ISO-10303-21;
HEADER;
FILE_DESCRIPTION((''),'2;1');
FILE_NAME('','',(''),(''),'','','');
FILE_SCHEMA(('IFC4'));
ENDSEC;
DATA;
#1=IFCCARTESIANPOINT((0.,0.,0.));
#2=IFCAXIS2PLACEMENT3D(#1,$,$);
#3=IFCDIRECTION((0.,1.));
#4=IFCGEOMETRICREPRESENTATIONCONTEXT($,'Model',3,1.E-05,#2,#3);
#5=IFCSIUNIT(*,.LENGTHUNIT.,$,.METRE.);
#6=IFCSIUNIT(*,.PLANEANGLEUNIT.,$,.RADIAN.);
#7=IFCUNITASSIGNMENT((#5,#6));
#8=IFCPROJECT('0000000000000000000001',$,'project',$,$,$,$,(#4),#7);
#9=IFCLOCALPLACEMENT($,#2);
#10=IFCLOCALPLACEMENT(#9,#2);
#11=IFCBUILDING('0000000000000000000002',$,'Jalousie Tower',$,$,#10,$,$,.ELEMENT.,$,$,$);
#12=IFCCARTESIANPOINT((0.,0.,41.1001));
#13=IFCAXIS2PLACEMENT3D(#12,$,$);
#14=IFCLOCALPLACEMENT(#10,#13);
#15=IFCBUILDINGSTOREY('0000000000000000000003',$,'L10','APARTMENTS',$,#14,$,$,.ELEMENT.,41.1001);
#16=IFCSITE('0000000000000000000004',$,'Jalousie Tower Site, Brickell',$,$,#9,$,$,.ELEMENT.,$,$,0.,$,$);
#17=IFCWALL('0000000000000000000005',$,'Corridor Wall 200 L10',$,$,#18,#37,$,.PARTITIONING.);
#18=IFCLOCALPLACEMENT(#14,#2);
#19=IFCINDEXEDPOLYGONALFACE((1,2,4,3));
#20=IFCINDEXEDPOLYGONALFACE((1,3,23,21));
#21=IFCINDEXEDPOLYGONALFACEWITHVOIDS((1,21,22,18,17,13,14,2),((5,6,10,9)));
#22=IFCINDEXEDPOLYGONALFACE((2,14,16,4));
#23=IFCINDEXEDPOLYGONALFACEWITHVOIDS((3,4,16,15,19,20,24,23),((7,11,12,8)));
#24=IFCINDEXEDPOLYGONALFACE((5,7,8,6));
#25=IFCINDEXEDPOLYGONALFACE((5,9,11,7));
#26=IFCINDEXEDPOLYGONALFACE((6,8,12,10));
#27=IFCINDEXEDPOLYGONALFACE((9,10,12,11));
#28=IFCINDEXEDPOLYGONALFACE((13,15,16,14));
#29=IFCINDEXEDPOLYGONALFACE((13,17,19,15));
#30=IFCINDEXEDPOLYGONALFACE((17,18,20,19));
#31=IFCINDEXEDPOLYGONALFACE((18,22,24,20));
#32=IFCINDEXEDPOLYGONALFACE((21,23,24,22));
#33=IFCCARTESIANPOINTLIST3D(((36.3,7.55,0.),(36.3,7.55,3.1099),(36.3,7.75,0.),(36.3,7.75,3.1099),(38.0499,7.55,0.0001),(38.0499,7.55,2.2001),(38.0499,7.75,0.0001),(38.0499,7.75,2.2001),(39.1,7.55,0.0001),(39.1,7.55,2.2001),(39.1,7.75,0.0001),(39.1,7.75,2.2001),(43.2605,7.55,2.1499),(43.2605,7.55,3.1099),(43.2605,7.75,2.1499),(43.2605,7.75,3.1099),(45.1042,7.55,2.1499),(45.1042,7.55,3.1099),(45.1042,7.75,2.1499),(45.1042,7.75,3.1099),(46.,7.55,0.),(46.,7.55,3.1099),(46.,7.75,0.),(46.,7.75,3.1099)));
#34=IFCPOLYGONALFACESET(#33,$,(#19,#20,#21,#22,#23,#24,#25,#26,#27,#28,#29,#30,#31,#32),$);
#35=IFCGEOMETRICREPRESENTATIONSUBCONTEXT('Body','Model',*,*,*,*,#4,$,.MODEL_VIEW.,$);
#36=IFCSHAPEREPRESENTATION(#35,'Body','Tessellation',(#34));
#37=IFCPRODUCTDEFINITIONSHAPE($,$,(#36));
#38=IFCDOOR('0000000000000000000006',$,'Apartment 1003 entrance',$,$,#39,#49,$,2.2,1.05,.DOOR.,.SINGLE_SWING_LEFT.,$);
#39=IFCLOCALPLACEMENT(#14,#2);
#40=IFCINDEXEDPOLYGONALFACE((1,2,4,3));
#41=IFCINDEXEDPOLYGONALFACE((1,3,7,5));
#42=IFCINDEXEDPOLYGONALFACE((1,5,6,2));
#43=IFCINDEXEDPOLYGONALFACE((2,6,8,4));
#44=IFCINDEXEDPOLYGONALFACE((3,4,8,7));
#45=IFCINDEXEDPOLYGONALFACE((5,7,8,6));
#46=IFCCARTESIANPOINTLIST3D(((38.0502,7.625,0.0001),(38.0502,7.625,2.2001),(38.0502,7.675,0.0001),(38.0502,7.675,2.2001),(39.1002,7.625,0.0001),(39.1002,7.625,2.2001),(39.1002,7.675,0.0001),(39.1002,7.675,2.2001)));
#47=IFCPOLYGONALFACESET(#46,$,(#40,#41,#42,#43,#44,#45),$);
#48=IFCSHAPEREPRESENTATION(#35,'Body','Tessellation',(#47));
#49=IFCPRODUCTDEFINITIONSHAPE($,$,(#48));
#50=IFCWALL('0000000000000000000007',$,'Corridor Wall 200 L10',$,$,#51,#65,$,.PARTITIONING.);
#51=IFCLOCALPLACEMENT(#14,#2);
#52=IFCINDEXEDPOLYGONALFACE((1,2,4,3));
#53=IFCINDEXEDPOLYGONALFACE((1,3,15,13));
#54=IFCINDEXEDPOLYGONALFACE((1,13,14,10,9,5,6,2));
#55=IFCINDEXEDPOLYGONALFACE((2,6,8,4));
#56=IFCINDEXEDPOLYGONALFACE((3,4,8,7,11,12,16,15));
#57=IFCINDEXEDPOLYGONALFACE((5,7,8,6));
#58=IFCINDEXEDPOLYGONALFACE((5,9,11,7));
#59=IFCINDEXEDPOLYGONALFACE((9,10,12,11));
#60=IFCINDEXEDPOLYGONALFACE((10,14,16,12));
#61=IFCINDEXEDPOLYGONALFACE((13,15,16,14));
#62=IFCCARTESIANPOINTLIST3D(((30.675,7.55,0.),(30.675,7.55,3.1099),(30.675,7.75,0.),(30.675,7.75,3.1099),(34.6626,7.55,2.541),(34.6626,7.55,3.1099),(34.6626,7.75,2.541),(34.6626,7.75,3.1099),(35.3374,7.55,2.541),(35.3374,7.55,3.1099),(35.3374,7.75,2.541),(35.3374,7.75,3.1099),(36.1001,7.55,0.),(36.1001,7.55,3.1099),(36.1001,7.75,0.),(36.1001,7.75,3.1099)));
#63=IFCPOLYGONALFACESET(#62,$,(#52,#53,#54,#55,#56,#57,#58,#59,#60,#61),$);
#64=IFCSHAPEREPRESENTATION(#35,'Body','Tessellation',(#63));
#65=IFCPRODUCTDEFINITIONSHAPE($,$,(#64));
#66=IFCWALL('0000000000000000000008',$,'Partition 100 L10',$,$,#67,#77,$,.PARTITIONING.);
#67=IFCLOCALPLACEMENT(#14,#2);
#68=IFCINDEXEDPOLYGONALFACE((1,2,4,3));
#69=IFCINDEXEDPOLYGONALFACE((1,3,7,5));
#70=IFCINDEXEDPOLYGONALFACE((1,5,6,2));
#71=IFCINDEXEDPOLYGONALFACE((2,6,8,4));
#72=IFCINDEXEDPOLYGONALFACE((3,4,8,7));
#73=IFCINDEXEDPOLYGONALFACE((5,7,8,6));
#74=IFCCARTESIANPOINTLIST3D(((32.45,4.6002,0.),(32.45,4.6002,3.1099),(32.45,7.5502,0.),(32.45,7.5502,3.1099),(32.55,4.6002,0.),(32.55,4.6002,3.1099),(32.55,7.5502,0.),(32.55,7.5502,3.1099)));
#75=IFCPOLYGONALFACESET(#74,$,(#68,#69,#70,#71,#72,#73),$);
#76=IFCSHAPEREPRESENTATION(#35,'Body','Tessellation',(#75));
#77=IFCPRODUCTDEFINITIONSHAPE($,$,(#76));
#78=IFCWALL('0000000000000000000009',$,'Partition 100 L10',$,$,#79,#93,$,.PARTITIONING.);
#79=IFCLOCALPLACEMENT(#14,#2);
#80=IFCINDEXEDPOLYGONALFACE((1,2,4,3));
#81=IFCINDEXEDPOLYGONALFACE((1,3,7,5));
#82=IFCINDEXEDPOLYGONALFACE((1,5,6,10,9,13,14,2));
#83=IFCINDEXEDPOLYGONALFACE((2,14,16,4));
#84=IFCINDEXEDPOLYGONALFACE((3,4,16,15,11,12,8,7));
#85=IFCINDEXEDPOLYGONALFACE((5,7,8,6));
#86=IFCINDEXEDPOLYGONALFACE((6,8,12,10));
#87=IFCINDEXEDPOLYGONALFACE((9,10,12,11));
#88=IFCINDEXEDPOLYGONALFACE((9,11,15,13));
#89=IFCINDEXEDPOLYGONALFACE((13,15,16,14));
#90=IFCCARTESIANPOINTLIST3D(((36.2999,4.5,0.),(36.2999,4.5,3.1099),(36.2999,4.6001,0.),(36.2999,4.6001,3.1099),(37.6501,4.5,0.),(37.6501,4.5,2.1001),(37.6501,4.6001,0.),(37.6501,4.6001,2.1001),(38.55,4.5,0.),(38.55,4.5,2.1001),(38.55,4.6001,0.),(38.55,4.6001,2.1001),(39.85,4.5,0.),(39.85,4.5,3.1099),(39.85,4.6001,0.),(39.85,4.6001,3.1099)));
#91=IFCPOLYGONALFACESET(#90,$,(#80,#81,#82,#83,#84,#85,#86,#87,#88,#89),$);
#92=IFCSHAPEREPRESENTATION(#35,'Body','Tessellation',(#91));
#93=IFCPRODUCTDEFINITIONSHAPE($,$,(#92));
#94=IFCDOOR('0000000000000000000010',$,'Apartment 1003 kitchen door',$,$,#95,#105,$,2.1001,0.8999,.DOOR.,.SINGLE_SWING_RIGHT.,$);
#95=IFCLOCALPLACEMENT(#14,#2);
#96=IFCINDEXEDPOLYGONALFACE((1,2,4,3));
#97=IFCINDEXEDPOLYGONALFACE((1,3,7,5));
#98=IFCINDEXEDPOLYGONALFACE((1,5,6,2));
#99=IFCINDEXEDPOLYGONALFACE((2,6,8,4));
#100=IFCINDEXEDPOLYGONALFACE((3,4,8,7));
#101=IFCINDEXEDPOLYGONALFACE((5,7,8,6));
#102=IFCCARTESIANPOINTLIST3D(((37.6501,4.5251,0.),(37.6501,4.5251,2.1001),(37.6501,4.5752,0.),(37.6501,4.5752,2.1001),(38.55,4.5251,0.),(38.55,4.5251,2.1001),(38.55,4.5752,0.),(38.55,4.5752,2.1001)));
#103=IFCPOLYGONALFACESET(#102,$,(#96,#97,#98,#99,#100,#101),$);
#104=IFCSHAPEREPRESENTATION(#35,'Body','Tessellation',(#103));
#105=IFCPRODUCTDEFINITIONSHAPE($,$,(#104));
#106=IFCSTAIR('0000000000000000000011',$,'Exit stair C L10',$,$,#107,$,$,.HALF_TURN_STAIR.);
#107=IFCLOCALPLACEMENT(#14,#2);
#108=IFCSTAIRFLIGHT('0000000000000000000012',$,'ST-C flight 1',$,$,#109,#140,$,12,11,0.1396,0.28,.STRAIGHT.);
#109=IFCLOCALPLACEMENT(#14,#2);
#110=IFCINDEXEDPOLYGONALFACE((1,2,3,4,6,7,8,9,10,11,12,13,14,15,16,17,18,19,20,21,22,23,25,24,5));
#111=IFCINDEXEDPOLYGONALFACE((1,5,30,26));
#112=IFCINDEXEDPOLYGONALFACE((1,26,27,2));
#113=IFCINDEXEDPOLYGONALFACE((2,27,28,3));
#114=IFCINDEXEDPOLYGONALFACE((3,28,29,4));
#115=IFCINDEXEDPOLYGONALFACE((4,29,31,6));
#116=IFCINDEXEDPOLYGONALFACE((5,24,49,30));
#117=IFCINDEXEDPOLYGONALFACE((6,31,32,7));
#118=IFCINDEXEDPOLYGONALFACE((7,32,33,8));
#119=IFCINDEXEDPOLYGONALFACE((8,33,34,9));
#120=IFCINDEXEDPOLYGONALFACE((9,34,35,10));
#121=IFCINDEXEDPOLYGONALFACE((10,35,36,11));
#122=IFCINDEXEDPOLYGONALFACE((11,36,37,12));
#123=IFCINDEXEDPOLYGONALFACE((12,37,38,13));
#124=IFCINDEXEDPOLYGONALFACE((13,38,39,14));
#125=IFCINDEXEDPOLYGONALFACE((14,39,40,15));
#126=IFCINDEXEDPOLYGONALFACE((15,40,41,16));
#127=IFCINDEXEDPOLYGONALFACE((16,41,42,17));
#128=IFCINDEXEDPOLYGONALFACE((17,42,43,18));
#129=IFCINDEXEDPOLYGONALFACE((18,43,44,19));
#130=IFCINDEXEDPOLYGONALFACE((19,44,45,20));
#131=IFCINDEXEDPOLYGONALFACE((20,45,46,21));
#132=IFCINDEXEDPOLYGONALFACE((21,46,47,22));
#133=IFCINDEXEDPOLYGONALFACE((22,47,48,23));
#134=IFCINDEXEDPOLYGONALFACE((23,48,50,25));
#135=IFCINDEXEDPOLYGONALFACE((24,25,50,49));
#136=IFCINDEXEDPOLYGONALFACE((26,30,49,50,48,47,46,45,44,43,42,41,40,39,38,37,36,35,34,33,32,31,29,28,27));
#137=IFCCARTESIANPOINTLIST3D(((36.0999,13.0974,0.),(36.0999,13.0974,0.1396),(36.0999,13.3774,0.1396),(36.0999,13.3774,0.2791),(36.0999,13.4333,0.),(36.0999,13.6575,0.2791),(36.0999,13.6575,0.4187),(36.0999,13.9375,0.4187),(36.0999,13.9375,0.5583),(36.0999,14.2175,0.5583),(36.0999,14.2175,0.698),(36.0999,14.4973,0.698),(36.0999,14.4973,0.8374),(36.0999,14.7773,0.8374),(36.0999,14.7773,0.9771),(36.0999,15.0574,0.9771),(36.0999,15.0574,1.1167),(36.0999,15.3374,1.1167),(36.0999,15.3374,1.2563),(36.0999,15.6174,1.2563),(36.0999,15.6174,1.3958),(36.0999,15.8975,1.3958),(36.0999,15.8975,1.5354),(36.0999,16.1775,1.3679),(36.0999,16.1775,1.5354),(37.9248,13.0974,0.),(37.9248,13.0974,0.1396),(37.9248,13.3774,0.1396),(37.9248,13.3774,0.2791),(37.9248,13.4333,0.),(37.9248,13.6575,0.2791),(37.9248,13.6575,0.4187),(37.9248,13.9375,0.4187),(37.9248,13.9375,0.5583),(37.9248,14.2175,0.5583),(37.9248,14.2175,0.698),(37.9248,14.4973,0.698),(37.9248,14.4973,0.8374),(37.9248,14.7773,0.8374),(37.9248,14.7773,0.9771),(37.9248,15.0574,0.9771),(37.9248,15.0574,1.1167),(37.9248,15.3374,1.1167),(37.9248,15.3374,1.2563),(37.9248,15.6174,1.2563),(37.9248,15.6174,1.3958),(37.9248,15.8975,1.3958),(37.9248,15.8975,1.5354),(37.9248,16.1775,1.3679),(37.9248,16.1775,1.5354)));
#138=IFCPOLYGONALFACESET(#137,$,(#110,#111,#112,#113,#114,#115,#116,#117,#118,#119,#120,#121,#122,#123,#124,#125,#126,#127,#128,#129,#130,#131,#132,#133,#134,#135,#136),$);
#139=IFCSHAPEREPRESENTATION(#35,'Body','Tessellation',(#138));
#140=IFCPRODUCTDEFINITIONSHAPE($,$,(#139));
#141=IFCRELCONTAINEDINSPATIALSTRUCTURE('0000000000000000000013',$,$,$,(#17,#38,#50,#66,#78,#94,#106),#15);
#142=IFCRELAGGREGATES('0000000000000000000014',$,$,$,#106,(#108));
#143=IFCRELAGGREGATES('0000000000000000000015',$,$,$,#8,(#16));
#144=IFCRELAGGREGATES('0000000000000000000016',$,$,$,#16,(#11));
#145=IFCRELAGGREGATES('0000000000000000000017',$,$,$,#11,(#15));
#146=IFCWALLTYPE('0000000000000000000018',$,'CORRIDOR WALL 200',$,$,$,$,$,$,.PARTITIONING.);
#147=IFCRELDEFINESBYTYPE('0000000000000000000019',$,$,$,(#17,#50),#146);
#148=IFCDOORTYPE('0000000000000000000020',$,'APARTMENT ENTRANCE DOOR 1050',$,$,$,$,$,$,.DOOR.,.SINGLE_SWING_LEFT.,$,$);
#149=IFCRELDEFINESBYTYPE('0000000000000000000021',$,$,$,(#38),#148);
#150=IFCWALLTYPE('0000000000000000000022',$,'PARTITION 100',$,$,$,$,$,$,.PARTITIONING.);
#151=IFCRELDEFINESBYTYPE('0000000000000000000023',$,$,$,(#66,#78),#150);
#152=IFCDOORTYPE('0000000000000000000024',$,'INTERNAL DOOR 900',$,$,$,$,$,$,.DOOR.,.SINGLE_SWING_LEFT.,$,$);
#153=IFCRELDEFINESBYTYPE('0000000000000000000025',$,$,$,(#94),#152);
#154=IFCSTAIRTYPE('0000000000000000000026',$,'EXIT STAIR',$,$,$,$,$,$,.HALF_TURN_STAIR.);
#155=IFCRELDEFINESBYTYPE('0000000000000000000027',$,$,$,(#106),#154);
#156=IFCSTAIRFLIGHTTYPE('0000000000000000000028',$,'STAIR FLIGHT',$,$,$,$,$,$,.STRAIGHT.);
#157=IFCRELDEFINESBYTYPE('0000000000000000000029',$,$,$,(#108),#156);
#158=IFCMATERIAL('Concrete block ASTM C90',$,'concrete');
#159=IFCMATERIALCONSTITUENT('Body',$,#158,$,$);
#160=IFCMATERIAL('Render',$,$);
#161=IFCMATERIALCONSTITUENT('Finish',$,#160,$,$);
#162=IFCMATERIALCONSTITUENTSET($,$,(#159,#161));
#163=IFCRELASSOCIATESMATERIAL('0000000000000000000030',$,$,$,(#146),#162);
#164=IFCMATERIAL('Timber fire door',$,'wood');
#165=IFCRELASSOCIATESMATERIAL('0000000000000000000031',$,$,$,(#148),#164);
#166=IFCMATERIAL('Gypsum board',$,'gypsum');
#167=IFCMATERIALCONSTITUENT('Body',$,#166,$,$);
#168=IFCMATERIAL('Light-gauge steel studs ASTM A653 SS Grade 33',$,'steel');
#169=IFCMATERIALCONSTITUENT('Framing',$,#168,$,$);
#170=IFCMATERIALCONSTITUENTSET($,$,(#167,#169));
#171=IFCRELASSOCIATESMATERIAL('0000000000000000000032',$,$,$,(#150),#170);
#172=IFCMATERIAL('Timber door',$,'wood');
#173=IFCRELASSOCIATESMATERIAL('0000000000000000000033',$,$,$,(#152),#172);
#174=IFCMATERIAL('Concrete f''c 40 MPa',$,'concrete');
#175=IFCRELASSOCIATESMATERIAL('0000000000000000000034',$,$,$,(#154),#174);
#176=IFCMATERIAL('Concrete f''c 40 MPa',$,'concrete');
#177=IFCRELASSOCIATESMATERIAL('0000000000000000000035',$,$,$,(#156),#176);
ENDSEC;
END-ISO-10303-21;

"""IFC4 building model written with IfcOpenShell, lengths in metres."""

from ifc_helpers import new_model, si_unit, direction, frame, frame_2d, origin, place, context, subcontext, project, spatial, polyline, rectangle, outline, extrude, material, constituent, constituent_set, type_object, element, fill, aggregate, save


model = new_model("IFC4")

# Units and contexts
model_context = context("Model", 3, precision=1e-05, world=origin(), true_north=direction((0.0, 1.0)))
body_context = subcontext(model_context, "Body", "Model", "MODEL_VIEW")
ifc_project = project(units=[si_unit("LENGTHUNIT", "METRE"), si_unit("PLANEANGLEUNIT", "RADIAN")], contexts=[model_context])

# Site, building, storey
site_placement = place(None, origin())
site = spatial("IfcSite", under=ifc_project, at=site_placement, Name="Jalousie Tower Site, Brickell", CompositionType="ELEMENT", RefElevation=0.0)
building_placement = place(site_placement, origin())
building = spatial("IfcBuilding", under=site, at=building_placement, Name="Jalousie Tower", CompositionType="ELEMENT")
storey_placement = place(building_placement, frame((0.0, 0.0, 41.1001)))
storey = spatial("IfcBuildingStorey", under=building, at=storey_placement, Name="L10", Description="APARTMENTS", CompositionType="ELEMENT", Elevation=41.1001)

# Wall, opening, door
ifc_material_1 = material(Name="Concrete block ASTM C90", Category="concrete")
ifc_constituent_1 = constituent(ifc_material_1, Name="Body")
ifc_material_2 = material(Name="Render")
ifc_constituent_2 = constituent(ifc_material_2, Name="Finish")
ifc_constituent_set_1 = constituent_set(constituents=[ifc_constituent_1, ifc_constituent_2])
wall_type_1 = type_object("IfcWallType", Name="CORRIDOR WALL 200", PredefinedType="PARTITIONING", material=ifc_constituent_set_1)
wall_1_placement = place(storey_placement, frame((36.3, 7.6499, 0.0), z_axis=(0.0, 0.0, 1.0), x_axis=(1.0, 0.0, 0.0)))
wall_1 = element("IfcWall", 1, at=wall_1_placement, inside=storey, type_object=wall_type_1, Name="Corridor Wall 200 L10", PredefinedType="PARTITIONING", context=body_context, shape_type="SweptSolid", body=[
    extrude(outline(polyline([(0.0, 0.0), (9.7, 0.0), (9.7, 3.1099), (8.8042, 3.1099), (8.8042, 2.1499), (6.9604, 2.1499), (6.9604, 3.1099), (0.0, 3.1099), (0.0, 0.0)])), frame((0.0, 0.1001, 0.0), z_axis=(0.0, -1.0, 0.0), x_axis=(1.0, 0.0, 0.0)), (0.0, 0.0, 1.0), 0.2),
])
opening_1_placement = place(wall_1_placement, frame((1.75, 0.0, 0.0)))
opening_1 = element("IfcOpeningElement", 2, at=opening_1_placement, cuts=wall_1, PredefinedType="OPENING", context=body_context, shape_type="SweptSolid", body=[
    extrude(rectangle(XDim=1.05, YDim=2.2, at=frame_2d((0.5249, 1.1001))), frame((0.0, 0.1099, 0.0), z_axis=(0.0, -1.0, 0.0), x_axis=(1.0, 0.0, 0.0)), (0.0, 0.0, 1.0), 0.22),
])
ifc_material_3 = material(Name="Timber fire door", Category="wood")
door_type_1 = type_object("IfcDoorType", Name="APARTMENT ENTRANCE DOOR 1050", OperationType="SINGLE_SWING_LEFT", PredefinedType="DOOR", material=ifc_material_3)
door_1_placement = place(opening_1_placement, frame((1.05, 0.0, 0.0), z_axis=(0.0, 0.0, 1.0), x_axis=(-1.0, 0.0, 0.0)))
door_1 = element("IfcDoor", 3, at=door_1_placement, inside=storey, type_object=door_type_1, Name="Apartment 1003 entrance", OperationType="SINGLE_SWING_LEFT", OverallHeight=2.2, OverallWidth=1.05, PredefinedType="DOOR", context=body_context, shape_type="SweptSolid", body=[
    extrude(rectangle(XDim=1.05, YDim=2.2, at=frame_2d((0.5249, 1.1001))), frame((0.0, 0.0249, 0.0), z_axis=(0.0, -1.0, 0.0), x_axis=(1.0, 0.0, 0.0)), (0.0, 0.0, 1.0), 0.05),
])
fill(opening_1, door_1)

# Walls
wall_2_placement = place(storey_placement, frame((30.675, 7.6499, 0.0), z_axis=(0.0, 0.0, 1.0), x_axis=(1.0, 0.0, 0.0)))
element("IfcWall", 4, at=wall_2_placement, inside=storey, type_object=wall_type_1, Name="Corridor Wall 200 L10", PredefinedType="PARTITIONING", context=body_context, shape_type="SweptSolid", body=[
    extrude(outline(polyline([(0.0, 0.0), (5.425, 0.0), (5.425, 3.1099), (4.6624, 3.1099), (4.6624, 2.541), (3.9875, 2.541), (3.9875, 3.1099), (0.0, 3.1099), (0.0, 0.0)])), frame((0.0, 0.1001, 0.0), z_axis=(0.0, -1.0, 0.0), x_axis=(1.0, 0.0, 0.0)), (0.0, 0.0, 1.0), 0.2),
])
ifc_material_4 = material(Name="Gypsum board", Category="gypsum")
ifc_constituent_3 = constituent(ifc_material_4, Name="Body")
ifc_material_5 = material(Name="Light-gauge steel studs ASTM A653 SS Grade 33", Category="steel")
ifc_constituent_4 = constituent(ifc_material_5, Name="Framing")
ifc_constituent_set_2 = constituent_set(constituents=[ifc_constituent_3, ifc_constituent_4])
wall_type_2 = type_object("IfcWallType", Name="PARTITION 100", PredefinedType="PARTITIONING", material=ifc_constituent_set_2)
wall_3_placement = place(storey_placement, frame((32.5, 4.6001, 0.0), z_axis=(0.0, 0.0, 1.0), x_axis=(0.0, 1.0, 0.0)))
element("IfcWall", 5, at=wall_3_placement, inside=storey, type_object=wall_type_2, Name="Partition 100 L10", PredefinedType="PARTITIONING", context=body_context, shape_type="SweptSolid", body=[
    extrude(rectangle(XDim=2.95, YDim=0.1001, at=frame_2d((1.4751, 0.0))), origin(), (0.0, 0.0, 1.0), 3.1099),
])

# Wall, opening, door
wall_4_placement = place(storey_placement, frame((36.3, 4.55, 0.0), z_axis=(0.0, 0.0, 1.0), x_axis=(1.0, 0.0, 0.0)))
wall_4 = element("IfcWall", 6, at=wall_4_placement, inside=storey, type_object=wall_type_2, Name="Partition 100 L10", PredefinedType="PARTITIONING", context=body_context, shape_type="SweptSolid", body=[
    extrude(rectangle(XDim=3.55, YDim=0.1001, at=frame_2d((1.7749, 0.0))), origin(), (0.0, 0.0, 1.0), 3.1099),
])
opening_2_placement = place(wall_4_placement, frame((1.3501, 0.0, 0.0)))
opening_2 = element("IfcOpeningElement", 7, at=opening_2_placement, cuts=wall_4, PredefinedType="OPENING", context=body_context, shape_type="SweptSolid", body=[
    extrude(rectangle(XDim=0.8999, YDim=2.1001, at=frame_2d((0.45, 1.05))), frame((0.0, 0.0601, 0.0), z_axis=(0.0, -1.0, 0.0), x_axis=(1.0, 0.0, 0.0)), (0.0, 0.0, 1.0), 0.1201),
])
ifc_material_6 = material(Name="Timber door", Category="wood")
door_type_2 = type_object("IfcDoorType", Name="INTERNAL DOOR 900", OperationType="SINGLE_SWING_LEFT", PredefinedType="DOOR", material=ifc_material_6)
door_2_placement = place(opening_2_placement, frame((0.8999, 0.0, 0.0), z_axis=(0.0, 0.0, 1.0), x_axis=(-1.0, 0.0, 0.0)))
door_2 = element("IfcDoor", 8, at=door_2_placement, inside=storey, type_object=door_type_2, Name="Apartment 1003 kitchen door", OperationType="SINGLE_SWING_RIGHT", OverallHeight=2.1001, OverallWidth=0.8999, PredefinedType="DOOR", context=body_context, shape_type="SweptSolid", body=[
    extrude(rectangle(XDim=0.8999, YDim=2.1001, at=frame_2d((0.45, 1.05))), frame((0.0, 0.0249, 0.0), z_axis=(0.0, -1.0, 0.0), x_axis=(1.0, 0.0, 0.0)), (0.0, 0.0, 1.0), 0.05),
])
fill(opening_2, door_2)

# Stair, stair flight
ifc_material_7 = material(Name="Concrete f'c 40 MPa", Category="concrete")
stair_type = type_object("IfcStairType", Name="EXIT STAIR", PredefinedType="HALF_TURN_STAIR", material=ifc_material_7)
stair_placement = place(storey_placement, origin())
stair = element("IfcStair", 9, at=stair_placement, inside=storey, type_object=stair_type, Name="Exit stair C L10", PredefinedType="HALF_TURN_STAIR")
ifc_material_8 = material(Name="Concrete f'c 40 MPa", Category="concrete")
stair_flight_type = type_object("IfcStairFlightType", Name="STAIR FLIGHT", PredefinedType="STRAIGHT", material=ifc_material_8)
stair_flight_placement = place(storey_placement, frame((37.0125, 13.0974, 0.0), z_axis=(0.0, 0.0, 1.0), x_axis=(0.0, 1.0, 0.0)))
stair_flight = element("IfcStairFlight", 10, at=stair_flight_placement, type_object=stair_flight_type, Name="ST-C flight 1", NumberOfRisers=12, NumberOfTreads=11, PredefinedType="STRAIGHT", RiserHeight=0.1396, TreadLength=0.28, context=body_context, shape_type="SweptSolid", body=[
    extrude(outline(polyline([(0.0, 0.0), (0.0, 0.1396), (0.28, 0.1396), (0.28, 0.2791), (0.5601, 0.2791), (0.5601, 0.4187), (0.8401, 0.4187), (0.8401, 0.5583), (1.1201, 0.5583), (1.1201, 0.698), (1.3999, 0.698), (1.3999, 0.8374), (1.6799, 0.8374), (1.6799, 0.9771), (1.96, 0.9771), (1.96, 1.1167), (2.24, 1.1167), (2.24, 1.2563), (2.52, 1.2563), (2.52, 1.3958), (2.8, 1.3958), (2.8, 1.5354), (3.0801, 1.5354), (3.0801, 1.675), (3.0801, 1.3679), (0.3359, 0.0), (0.0, 0.0)])), frame((0.0, 0.9126, 0.0), z_axis=(0.0, -1.0, 0.0), x_axis=(1.0, 0.0, 0.0)), (0.0, 0.0, 1.0), 1.825),
])
aggregate(stair, [stair_flight])

save(model, "model.ifc")
